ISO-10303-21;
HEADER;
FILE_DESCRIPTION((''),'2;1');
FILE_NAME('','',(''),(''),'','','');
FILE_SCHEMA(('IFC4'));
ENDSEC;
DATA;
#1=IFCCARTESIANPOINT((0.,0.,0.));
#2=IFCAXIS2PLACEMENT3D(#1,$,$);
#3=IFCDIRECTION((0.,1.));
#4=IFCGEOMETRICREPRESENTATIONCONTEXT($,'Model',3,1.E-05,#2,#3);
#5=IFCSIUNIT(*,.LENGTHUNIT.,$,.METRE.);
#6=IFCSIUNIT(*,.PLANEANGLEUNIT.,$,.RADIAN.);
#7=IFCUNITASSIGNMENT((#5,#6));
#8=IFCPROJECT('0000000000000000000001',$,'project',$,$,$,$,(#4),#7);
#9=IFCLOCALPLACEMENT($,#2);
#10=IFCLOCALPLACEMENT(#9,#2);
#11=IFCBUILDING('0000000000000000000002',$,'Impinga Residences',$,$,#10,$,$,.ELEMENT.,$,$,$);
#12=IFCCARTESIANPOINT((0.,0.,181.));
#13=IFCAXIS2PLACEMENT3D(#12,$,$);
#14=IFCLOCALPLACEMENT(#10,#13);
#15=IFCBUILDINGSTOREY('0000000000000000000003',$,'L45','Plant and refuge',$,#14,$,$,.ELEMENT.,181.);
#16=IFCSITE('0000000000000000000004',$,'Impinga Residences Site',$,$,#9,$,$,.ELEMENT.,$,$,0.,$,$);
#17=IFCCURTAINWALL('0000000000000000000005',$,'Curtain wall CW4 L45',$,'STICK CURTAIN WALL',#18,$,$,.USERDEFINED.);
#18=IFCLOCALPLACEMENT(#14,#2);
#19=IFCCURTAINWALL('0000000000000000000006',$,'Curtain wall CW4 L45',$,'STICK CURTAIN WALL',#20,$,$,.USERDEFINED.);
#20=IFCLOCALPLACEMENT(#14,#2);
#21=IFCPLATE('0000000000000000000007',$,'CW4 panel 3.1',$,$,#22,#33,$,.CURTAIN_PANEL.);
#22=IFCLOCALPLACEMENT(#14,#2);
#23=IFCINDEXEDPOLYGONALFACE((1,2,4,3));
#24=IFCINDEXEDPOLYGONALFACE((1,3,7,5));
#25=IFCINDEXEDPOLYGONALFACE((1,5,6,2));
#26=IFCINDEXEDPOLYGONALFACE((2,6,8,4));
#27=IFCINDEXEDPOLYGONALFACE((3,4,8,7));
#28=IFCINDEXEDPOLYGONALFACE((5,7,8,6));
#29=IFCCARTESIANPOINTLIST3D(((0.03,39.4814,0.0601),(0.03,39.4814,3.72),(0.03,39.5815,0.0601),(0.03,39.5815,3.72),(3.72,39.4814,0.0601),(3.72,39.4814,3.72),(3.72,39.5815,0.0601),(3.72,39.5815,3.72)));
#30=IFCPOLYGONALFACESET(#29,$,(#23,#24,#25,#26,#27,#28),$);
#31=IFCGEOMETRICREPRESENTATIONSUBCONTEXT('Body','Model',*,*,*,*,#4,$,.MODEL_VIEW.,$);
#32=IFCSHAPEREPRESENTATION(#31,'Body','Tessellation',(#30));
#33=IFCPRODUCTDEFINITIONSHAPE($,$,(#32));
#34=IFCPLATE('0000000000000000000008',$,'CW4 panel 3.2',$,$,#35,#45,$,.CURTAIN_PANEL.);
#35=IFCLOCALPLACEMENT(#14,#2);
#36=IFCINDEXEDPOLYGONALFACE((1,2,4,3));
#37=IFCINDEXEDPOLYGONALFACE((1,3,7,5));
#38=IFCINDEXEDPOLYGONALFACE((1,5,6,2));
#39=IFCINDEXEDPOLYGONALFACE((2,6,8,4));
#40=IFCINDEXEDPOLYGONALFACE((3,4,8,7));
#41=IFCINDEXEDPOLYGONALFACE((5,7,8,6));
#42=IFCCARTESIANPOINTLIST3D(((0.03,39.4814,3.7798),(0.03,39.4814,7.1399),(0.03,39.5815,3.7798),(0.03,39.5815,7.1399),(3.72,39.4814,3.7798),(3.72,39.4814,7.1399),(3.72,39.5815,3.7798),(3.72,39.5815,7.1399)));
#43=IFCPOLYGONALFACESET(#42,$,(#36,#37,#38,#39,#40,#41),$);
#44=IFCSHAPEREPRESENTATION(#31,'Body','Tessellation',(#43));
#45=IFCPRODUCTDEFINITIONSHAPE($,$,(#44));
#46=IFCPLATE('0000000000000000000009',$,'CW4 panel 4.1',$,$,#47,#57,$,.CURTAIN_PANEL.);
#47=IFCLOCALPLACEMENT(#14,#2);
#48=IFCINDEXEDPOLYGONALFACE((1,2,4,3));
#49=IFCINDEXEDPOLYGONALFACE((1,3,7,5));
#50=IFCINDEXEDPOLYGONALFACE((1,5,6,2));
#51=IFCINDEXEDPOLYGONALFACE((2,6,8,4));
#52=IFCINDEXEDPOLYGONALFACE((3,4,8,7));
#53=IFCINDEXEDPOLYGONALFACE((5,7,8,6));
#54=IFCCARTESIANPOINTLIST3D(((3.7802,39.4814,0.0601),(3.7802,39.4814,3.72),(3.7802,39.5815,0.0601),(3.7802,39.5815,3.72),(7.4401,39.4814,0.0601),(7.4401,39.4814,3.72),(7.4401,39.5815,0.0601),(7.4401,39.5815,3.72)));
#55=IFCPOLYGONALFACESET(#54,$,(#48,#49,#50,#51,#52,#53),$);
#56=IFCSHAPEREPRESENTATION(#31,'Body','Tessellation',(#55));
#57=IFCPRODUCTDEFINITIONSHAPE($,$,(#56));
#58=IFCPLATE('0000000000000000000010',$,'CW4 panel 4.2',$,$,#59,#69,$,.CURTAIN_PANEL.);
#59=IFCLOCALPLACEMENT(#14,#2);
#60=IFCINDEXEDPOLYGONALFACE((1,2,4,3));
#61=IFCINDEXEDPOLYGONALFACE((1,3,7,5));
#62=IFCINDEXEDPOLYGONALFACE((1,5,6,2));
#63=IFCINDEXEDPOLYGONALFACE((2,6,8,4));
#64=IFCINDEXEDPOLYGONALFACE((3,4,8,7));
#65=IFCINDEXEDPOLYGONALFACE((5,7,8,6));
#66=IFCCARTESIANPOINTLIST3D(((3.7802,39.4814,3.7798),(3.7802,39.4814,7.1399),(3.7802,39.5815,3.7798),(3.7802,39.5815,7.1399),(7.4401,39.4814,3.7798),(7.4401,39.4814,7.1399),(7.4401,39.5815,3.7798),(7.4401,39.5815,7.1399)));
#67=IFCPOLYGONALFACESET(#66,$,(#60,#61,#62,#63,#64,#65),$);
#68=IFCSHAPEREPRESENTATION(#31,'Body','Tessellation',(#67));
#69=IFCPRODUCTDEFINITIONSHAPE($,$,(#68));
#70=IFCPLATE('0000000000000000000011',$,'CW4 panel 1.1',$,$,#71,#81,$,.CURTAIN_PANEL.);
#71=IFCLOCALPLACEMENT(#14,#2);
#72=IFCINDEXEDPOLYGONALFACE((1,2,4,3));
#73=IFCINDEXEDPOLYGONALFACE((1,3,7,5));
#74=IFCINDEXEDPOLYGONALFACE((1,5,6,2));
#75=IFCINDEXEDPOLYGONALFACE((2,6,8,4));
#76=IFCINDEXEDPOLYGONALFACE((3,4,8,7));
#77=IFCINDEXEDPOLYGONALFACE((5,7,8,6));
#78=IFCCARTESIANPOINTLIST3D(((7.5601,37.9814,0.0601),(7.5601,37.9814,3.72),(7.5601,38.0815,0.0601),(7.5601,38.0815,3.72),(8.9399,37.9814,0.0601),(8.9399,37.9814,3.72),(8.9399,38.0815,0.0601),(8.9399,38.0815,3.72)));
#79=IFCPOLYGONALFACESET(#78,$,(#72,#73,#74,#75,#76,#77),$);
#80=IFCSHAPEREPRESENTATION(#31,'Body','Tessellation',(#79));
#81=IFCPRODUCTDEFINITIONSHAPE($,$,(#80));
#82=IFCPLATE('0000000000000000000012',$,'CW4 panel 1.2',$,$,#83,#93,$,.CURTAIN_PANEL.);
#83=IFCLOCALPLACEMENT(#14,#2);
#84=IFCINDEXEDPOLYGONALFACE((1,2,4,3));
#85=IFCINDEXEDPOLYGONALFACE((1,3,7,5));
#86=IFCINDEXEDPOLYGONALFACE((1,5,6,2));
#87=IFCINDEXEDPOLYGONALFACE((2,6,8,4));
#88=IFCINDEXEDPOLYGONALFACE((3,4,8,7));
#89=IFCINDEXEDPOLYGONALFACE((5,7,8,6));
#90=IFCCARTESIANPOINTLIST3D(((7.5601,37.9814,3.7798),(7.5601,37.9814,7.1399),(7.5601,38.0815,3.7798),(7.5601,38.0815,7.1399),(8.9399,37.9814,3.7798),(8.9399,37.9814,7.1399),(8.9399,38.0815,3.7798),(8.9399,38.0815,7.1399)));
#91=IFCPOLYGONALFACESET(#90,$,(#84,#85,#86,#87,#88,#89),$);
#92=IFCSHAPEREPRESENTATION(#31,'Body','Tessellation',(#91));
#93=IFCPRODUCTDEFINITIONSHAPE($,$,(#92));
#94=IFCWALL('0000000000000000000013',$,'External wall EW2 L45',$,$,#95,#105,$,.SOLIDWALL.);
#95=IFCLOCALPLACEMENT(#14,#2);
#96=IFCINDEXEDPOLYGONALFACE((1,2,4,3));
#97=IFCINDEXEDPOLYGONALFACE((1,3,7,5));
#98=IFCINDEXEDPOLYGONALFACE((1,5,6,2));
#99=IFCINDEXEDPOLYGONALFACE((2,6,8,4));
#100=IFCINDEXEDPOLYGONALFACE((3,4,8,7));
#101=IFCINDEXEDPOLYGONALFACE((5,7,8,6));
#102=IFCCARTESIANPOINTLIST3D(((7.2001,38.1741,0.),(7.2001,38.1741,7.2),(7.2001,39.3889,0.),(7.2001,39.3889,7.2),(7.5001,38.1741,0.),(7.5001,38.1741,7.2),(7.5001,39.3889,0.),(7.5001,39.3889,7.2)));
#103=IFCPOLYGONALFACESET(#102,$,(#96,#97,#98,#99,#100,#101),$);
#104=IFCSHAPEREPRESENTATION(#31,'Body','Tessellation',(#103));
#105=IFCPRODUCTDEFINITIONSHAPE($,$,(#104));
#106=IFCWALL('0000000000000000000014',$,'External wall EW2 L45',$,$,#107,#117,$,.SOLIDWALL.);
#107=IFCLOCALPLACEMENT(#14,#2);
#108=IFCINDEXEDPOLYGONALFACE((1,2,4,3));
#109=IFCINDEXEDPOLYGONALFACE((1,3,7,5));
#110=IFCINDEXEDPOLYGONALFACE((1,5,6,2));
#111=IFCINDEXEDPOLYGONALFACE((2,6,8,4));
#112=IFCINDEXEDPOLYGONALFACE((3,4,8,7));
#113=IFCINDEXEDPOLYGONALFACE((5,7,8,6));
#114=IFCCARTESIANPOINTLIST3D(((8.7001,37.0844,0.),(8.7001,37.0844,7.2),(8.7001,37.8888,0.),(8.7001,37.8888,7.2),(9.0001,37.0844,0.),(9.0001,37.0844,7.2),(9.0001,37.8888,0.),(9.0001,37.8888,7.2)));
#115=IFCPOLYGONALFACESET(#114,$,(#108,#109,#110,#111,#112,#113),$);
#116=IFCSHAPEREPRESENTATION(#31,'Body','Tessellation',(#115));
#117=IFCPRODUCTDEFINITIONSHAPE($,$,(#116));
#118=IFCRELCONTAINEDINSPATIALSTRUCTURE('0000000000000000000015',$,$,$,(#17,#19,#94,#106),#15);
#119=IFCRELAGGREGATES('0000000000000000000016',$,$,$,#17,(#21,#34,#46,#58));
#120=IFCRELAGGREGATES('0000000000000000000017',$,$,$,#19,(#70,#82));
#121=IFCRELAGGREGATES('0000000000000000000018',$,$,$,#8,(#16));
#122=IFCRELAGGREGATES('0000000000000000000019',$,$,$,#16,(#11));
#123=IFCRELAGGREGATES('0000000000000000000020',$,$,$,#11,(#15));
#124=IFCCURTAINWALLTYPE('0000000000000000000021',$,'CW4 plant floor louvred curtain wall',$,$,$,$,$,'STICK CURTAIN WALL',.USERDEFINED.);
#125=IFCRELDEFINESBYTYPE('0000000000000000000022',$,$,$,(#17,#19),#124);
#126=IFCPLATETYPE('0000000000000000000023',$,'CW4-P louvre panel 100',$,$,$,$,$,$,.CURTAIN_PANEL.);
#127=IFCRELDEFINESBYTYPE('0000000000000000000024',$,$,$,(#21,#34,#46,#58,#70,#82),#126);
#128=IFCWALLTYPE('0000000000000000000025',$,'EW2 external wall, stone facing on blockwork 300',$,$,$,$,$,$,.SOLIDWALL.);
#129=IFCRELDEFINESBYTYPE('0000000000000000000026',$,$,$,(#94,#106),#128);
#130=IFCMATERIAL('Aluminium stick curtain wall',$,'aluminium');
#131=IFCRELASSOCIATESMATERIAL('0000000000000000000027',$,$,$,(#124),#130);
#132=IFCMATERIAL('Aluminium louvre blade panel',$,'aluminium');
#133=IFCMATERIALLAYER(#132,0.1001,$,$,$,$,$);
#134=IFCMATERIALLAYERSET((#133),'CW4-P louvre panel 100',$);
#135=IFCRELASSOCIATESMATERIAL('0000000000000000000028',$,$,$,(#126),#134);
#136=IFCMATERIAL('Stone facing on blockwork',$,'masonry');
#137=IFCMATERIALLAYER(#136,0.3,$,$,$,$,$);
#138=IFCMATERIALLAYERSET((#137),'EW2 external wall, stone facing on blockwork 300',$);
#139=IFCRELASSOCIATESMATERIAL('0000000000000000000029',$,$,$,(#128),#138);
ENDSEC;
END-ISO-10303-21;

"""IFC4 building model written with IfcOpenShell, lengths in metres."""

from ifc_helpers import new_model, si_unit, direction, frame, frame_2d, origin, origin_2d, place, context, subcontext, project, spatial, rectangle, extrude, material, layer, layer_set, type_object, element, aggregate, save


model = new_model("IFC4")

# Units and contexts
model_context = context("Model", 3, precision=1e-05, world=origin(), true_north=direction((0.0, 1.0)))
body_context = subcontext(model_context, "Body", "Model", "MODEL_VIEW")
ifc_project = project(units=[si_unit("LENGTHUNIT", "METRE"), si_unit("PLANEANGLEUNIT", "RADIAN")], contexts=[model_context])

# Site, building, storey
site_placement = place(None, origin())
site = spatial("IfcSite", under=ifc_project, at=site_placement, Name="Impinga Residences Site", CompositionType="ELEMENT", RefElevation=0.0)
building_placement = place(site_placement, origin())
building = spatial("IfcBuilding", under=site, at=building_placement, Name="Impinga Residences", CompositionType="ELEMENT")
storey_placement = place(building_placement, frame((0.0, 0.0, 181.0)))
storey = spatial("IfcBuildingStorey", under=building, at=storey_placement, Name="L45", Description="Plant and refuge", CompositionType="ELEMENT", Elevation=181.0)

# Curtain walls
ifc_material_1 = material(Name="Aluminium stick curtain wall", Category="aluminium")
curtain_wall_type = type_object("IfcCurtainWallType", Name="CW4 plant floor louvred curtain wall", ElementType="STICK CURTAIN WALL", PredefinedType="USERDEFINED", material=ifc_material_1)
curtain_wall_1_placement = place(storey_placement, origin())
curtain_wall_1 = element("IfcCurtainWall", 1, at=curtain_wall_1_placement, inside=storey, type_object=curtain_wall_type, Name="Curtain wall CW4 L45", ObjectType="STICK CURTAIN WALL", PredefinedType="USERDEFINED")
curtain_wall_2_placement = place(storey_placement, origin())
curtain_wall_2 = element("IfcCurtainWall", 2, at=curtain_wall_2_placement, inside=storey, type_object=curtain_wall_type, Name="Curtain wall CW4 L45", ObjectType="STICK CURTAIN WALL", PredefinedType="USERDEFINED")

# Plates
ifc_material_2 = material(Name="Aluminium louvre blade panel", Category="aluminium")
ifc_layer_1 = layer(ifc_material_2, 0.1001)
ifc_layer_set_1 = layer_set([ifc_layer_1], Name="CW4-P louvre panel 100")
plate_type = type_object("IfcPlateType", Name="CW4-P louvre panel 100", PredefinedType="CURTAIN_PANEL", material=ifc_layer_set_1)
plate_1_placement = place(storey_placement, frame((1.875, 39.5315, 0.0601), z_axis=(0.0, 0.0, 1.0), x_axis=(1.0, 0.0, 0.0)))
plate_1 = element("IfcPlate", 3, at=plate_1_placement, type_object=plate_type, Name="CW4 panel 3.1", PredefinedType="CURTAIN_PANEL", context=body_context, shape_type="SweptSolid", body=[
    extrude(rectangle(XDim=3.6899, YDim=0.1001, at=origin_2d()), origin(), (0.0, 0.0, 1.0), 3.6599),
])
plate_2_placement = place(storey_placement, frame((1.875, 39.5315, 3.7798), z_axis=(0.0, 0.0, 1.0), x_axis=(1.0, 0.0, 0.0)))
plate_2 = element("IfcPlate", 4, at=plate_2_placement, type_object=plate_type, Name="CW4 panel 3.2", PredefinedType="CURTAIN_PANEL", context=body_context, shape_type="SweptSolid", body=[
    extrude(rectangle(XDim=3.6899, YDim=0.1001, at=origin_2d()), origin(), (0.0, 0.0, 1.0), 3.3601),
])
plate_3_placement = place(storey_placement, frame((5.6101, 39.5315, 0.0601), z_axis=(0.0, 0.0, 1.0), x_axis=(1.0, 0.0, 0.0)))
plate_3 = element("IfcPlate", 5, at=plate_3_placement, type_object=plate_type, Name="CW4 panel 4.1", PredefinedType="CURTAIN_PANEL", context=body_context, shape_type="SweptSolid", body=[
    extrude(rectangle(XDim=3.6599, YDim=0.1001, at=origin_2d()), origin(), (0.0, 0.0, 1.0), 3.6599),
])
plate_4_placement = place(storey_placement, frame((5.6101, 39.5315, 3.7798), z_axis=(0.0, 0.0, 1.0), x_axis=(1.0, 0.0, 0.0)))
plate_4 = element("IfcPlate", 6, at=plate_4_placement, type_object=plate_type, Name="CW4 panel 4.2", PredefinedType="CURTAIN_PANEL", context=body_context, shape_type="SweptSolid", body=[
    extrude(rectangle(XDim=3.6599, YDim=0.1001, at=origin_2d()), origin(), (0.0, 0.0, 1.0), 3.3601),
])
aggregate(curtain_wall_1, [plate_1, plate_2, plate_3, plate_4])
plate_5_placement = place(storey_placement, frame((8.25, 38.0315, 0.0601), z_axis=(0.0, 0.0, 1.0), x_axis=(1.0, 0.0, 0.0)))
plate_5 = element("IfcPlate", 7, at=plate_5_placement, type_object=plate_type, Name="CW4 panel 1.1", PredefinedType="CURTAIN_PANEL", context=body_context, shape_type="SweptSolid", body=[
    extrude(rectangle(XDim=1.3799, YDim=0.1001, at=origin_2d()), origin(), (0.0, 0.0, 1.0), 3.6599),
])
plate_6_placement = place(storey_placement, frame((8.25, 38.0315, 3.7798), z_axis=(0.0, 0.0, 1.0), x_axis=(1.0, 0.0, 0.0)))
plate_6 = element("IfcPlate", 8, at=plate_6_placement, type_object=plate_type, Name="CW4 panel 1.2", PredefinedType="CURTAIN_PANEL", context=body_context, shape_type="SweptSolid", body=[
    extrude(rectangle(XDim=1.3799, YDim=0.1001, at=origin_2d()), origin(), (0.0, 0.0, 1.0), 3.3601),
])
aggregate(curtain_wall_2, [plate_5, plate_6])

# Walls
ifc_material_3 = material(Name="Stone facing on blockwork", Category="masonry")
ifc_layer_2 = layer(ifc_material_3, 0.3)
ifc_layer_set_2 = layer_set([ifc_layer_2], Name="EW2 external wall, stone facing on blockwork 300")
wall_type = type_object("IfcWallType", Name="EW2 external wall, stone facing on blockwork 300", PredefinedType="SOLIDWALL", material=ifc_layer_set_2)
wall_1_placement = place(storey_placement, frame((7.3501, 39.3889, 0.0), z_axis=(0.0, 0.0, 1.0), x_axis=(0.0, -1.0, 0.0)))
element("IfcWall", 9, at=wall_1_placement, inside=storey, type_object=wall_type, Name="External wall EW2 L45", PredefinedType="SOLIDWALL", context=body_context, shape_type="SweptSolid", body=[
    extrude(rectangle(XDim=1.2148, YDim=0.3, at=frame_2d((0.6074, 0.0))), origin(), (0.0, 0.0, 1.0), 7.2),
])
wall_2_placement = place(storey_placement, frame((8.8501, 37.8889, 0.0), z_axis=(0.0, 0.0, 1.0), x_axis=(0.0, -1.0, 0.0)))
element("IfcWall", 10, at=wall_2_placement, inside=storey, type_object=wall_type, Name="External wall EW2 L45", PredefinedType="SOLIDWALL", context=body_context, shape_type="SweptSolid", body=[
    extrude(rectangle(XDim=0.8044, YDim=0.3, at=frame_2d((0.4023, 0.0))), origin(), (0.0, 0.0, 1.0), 7.2),
])

save(model, "model.ifc")
